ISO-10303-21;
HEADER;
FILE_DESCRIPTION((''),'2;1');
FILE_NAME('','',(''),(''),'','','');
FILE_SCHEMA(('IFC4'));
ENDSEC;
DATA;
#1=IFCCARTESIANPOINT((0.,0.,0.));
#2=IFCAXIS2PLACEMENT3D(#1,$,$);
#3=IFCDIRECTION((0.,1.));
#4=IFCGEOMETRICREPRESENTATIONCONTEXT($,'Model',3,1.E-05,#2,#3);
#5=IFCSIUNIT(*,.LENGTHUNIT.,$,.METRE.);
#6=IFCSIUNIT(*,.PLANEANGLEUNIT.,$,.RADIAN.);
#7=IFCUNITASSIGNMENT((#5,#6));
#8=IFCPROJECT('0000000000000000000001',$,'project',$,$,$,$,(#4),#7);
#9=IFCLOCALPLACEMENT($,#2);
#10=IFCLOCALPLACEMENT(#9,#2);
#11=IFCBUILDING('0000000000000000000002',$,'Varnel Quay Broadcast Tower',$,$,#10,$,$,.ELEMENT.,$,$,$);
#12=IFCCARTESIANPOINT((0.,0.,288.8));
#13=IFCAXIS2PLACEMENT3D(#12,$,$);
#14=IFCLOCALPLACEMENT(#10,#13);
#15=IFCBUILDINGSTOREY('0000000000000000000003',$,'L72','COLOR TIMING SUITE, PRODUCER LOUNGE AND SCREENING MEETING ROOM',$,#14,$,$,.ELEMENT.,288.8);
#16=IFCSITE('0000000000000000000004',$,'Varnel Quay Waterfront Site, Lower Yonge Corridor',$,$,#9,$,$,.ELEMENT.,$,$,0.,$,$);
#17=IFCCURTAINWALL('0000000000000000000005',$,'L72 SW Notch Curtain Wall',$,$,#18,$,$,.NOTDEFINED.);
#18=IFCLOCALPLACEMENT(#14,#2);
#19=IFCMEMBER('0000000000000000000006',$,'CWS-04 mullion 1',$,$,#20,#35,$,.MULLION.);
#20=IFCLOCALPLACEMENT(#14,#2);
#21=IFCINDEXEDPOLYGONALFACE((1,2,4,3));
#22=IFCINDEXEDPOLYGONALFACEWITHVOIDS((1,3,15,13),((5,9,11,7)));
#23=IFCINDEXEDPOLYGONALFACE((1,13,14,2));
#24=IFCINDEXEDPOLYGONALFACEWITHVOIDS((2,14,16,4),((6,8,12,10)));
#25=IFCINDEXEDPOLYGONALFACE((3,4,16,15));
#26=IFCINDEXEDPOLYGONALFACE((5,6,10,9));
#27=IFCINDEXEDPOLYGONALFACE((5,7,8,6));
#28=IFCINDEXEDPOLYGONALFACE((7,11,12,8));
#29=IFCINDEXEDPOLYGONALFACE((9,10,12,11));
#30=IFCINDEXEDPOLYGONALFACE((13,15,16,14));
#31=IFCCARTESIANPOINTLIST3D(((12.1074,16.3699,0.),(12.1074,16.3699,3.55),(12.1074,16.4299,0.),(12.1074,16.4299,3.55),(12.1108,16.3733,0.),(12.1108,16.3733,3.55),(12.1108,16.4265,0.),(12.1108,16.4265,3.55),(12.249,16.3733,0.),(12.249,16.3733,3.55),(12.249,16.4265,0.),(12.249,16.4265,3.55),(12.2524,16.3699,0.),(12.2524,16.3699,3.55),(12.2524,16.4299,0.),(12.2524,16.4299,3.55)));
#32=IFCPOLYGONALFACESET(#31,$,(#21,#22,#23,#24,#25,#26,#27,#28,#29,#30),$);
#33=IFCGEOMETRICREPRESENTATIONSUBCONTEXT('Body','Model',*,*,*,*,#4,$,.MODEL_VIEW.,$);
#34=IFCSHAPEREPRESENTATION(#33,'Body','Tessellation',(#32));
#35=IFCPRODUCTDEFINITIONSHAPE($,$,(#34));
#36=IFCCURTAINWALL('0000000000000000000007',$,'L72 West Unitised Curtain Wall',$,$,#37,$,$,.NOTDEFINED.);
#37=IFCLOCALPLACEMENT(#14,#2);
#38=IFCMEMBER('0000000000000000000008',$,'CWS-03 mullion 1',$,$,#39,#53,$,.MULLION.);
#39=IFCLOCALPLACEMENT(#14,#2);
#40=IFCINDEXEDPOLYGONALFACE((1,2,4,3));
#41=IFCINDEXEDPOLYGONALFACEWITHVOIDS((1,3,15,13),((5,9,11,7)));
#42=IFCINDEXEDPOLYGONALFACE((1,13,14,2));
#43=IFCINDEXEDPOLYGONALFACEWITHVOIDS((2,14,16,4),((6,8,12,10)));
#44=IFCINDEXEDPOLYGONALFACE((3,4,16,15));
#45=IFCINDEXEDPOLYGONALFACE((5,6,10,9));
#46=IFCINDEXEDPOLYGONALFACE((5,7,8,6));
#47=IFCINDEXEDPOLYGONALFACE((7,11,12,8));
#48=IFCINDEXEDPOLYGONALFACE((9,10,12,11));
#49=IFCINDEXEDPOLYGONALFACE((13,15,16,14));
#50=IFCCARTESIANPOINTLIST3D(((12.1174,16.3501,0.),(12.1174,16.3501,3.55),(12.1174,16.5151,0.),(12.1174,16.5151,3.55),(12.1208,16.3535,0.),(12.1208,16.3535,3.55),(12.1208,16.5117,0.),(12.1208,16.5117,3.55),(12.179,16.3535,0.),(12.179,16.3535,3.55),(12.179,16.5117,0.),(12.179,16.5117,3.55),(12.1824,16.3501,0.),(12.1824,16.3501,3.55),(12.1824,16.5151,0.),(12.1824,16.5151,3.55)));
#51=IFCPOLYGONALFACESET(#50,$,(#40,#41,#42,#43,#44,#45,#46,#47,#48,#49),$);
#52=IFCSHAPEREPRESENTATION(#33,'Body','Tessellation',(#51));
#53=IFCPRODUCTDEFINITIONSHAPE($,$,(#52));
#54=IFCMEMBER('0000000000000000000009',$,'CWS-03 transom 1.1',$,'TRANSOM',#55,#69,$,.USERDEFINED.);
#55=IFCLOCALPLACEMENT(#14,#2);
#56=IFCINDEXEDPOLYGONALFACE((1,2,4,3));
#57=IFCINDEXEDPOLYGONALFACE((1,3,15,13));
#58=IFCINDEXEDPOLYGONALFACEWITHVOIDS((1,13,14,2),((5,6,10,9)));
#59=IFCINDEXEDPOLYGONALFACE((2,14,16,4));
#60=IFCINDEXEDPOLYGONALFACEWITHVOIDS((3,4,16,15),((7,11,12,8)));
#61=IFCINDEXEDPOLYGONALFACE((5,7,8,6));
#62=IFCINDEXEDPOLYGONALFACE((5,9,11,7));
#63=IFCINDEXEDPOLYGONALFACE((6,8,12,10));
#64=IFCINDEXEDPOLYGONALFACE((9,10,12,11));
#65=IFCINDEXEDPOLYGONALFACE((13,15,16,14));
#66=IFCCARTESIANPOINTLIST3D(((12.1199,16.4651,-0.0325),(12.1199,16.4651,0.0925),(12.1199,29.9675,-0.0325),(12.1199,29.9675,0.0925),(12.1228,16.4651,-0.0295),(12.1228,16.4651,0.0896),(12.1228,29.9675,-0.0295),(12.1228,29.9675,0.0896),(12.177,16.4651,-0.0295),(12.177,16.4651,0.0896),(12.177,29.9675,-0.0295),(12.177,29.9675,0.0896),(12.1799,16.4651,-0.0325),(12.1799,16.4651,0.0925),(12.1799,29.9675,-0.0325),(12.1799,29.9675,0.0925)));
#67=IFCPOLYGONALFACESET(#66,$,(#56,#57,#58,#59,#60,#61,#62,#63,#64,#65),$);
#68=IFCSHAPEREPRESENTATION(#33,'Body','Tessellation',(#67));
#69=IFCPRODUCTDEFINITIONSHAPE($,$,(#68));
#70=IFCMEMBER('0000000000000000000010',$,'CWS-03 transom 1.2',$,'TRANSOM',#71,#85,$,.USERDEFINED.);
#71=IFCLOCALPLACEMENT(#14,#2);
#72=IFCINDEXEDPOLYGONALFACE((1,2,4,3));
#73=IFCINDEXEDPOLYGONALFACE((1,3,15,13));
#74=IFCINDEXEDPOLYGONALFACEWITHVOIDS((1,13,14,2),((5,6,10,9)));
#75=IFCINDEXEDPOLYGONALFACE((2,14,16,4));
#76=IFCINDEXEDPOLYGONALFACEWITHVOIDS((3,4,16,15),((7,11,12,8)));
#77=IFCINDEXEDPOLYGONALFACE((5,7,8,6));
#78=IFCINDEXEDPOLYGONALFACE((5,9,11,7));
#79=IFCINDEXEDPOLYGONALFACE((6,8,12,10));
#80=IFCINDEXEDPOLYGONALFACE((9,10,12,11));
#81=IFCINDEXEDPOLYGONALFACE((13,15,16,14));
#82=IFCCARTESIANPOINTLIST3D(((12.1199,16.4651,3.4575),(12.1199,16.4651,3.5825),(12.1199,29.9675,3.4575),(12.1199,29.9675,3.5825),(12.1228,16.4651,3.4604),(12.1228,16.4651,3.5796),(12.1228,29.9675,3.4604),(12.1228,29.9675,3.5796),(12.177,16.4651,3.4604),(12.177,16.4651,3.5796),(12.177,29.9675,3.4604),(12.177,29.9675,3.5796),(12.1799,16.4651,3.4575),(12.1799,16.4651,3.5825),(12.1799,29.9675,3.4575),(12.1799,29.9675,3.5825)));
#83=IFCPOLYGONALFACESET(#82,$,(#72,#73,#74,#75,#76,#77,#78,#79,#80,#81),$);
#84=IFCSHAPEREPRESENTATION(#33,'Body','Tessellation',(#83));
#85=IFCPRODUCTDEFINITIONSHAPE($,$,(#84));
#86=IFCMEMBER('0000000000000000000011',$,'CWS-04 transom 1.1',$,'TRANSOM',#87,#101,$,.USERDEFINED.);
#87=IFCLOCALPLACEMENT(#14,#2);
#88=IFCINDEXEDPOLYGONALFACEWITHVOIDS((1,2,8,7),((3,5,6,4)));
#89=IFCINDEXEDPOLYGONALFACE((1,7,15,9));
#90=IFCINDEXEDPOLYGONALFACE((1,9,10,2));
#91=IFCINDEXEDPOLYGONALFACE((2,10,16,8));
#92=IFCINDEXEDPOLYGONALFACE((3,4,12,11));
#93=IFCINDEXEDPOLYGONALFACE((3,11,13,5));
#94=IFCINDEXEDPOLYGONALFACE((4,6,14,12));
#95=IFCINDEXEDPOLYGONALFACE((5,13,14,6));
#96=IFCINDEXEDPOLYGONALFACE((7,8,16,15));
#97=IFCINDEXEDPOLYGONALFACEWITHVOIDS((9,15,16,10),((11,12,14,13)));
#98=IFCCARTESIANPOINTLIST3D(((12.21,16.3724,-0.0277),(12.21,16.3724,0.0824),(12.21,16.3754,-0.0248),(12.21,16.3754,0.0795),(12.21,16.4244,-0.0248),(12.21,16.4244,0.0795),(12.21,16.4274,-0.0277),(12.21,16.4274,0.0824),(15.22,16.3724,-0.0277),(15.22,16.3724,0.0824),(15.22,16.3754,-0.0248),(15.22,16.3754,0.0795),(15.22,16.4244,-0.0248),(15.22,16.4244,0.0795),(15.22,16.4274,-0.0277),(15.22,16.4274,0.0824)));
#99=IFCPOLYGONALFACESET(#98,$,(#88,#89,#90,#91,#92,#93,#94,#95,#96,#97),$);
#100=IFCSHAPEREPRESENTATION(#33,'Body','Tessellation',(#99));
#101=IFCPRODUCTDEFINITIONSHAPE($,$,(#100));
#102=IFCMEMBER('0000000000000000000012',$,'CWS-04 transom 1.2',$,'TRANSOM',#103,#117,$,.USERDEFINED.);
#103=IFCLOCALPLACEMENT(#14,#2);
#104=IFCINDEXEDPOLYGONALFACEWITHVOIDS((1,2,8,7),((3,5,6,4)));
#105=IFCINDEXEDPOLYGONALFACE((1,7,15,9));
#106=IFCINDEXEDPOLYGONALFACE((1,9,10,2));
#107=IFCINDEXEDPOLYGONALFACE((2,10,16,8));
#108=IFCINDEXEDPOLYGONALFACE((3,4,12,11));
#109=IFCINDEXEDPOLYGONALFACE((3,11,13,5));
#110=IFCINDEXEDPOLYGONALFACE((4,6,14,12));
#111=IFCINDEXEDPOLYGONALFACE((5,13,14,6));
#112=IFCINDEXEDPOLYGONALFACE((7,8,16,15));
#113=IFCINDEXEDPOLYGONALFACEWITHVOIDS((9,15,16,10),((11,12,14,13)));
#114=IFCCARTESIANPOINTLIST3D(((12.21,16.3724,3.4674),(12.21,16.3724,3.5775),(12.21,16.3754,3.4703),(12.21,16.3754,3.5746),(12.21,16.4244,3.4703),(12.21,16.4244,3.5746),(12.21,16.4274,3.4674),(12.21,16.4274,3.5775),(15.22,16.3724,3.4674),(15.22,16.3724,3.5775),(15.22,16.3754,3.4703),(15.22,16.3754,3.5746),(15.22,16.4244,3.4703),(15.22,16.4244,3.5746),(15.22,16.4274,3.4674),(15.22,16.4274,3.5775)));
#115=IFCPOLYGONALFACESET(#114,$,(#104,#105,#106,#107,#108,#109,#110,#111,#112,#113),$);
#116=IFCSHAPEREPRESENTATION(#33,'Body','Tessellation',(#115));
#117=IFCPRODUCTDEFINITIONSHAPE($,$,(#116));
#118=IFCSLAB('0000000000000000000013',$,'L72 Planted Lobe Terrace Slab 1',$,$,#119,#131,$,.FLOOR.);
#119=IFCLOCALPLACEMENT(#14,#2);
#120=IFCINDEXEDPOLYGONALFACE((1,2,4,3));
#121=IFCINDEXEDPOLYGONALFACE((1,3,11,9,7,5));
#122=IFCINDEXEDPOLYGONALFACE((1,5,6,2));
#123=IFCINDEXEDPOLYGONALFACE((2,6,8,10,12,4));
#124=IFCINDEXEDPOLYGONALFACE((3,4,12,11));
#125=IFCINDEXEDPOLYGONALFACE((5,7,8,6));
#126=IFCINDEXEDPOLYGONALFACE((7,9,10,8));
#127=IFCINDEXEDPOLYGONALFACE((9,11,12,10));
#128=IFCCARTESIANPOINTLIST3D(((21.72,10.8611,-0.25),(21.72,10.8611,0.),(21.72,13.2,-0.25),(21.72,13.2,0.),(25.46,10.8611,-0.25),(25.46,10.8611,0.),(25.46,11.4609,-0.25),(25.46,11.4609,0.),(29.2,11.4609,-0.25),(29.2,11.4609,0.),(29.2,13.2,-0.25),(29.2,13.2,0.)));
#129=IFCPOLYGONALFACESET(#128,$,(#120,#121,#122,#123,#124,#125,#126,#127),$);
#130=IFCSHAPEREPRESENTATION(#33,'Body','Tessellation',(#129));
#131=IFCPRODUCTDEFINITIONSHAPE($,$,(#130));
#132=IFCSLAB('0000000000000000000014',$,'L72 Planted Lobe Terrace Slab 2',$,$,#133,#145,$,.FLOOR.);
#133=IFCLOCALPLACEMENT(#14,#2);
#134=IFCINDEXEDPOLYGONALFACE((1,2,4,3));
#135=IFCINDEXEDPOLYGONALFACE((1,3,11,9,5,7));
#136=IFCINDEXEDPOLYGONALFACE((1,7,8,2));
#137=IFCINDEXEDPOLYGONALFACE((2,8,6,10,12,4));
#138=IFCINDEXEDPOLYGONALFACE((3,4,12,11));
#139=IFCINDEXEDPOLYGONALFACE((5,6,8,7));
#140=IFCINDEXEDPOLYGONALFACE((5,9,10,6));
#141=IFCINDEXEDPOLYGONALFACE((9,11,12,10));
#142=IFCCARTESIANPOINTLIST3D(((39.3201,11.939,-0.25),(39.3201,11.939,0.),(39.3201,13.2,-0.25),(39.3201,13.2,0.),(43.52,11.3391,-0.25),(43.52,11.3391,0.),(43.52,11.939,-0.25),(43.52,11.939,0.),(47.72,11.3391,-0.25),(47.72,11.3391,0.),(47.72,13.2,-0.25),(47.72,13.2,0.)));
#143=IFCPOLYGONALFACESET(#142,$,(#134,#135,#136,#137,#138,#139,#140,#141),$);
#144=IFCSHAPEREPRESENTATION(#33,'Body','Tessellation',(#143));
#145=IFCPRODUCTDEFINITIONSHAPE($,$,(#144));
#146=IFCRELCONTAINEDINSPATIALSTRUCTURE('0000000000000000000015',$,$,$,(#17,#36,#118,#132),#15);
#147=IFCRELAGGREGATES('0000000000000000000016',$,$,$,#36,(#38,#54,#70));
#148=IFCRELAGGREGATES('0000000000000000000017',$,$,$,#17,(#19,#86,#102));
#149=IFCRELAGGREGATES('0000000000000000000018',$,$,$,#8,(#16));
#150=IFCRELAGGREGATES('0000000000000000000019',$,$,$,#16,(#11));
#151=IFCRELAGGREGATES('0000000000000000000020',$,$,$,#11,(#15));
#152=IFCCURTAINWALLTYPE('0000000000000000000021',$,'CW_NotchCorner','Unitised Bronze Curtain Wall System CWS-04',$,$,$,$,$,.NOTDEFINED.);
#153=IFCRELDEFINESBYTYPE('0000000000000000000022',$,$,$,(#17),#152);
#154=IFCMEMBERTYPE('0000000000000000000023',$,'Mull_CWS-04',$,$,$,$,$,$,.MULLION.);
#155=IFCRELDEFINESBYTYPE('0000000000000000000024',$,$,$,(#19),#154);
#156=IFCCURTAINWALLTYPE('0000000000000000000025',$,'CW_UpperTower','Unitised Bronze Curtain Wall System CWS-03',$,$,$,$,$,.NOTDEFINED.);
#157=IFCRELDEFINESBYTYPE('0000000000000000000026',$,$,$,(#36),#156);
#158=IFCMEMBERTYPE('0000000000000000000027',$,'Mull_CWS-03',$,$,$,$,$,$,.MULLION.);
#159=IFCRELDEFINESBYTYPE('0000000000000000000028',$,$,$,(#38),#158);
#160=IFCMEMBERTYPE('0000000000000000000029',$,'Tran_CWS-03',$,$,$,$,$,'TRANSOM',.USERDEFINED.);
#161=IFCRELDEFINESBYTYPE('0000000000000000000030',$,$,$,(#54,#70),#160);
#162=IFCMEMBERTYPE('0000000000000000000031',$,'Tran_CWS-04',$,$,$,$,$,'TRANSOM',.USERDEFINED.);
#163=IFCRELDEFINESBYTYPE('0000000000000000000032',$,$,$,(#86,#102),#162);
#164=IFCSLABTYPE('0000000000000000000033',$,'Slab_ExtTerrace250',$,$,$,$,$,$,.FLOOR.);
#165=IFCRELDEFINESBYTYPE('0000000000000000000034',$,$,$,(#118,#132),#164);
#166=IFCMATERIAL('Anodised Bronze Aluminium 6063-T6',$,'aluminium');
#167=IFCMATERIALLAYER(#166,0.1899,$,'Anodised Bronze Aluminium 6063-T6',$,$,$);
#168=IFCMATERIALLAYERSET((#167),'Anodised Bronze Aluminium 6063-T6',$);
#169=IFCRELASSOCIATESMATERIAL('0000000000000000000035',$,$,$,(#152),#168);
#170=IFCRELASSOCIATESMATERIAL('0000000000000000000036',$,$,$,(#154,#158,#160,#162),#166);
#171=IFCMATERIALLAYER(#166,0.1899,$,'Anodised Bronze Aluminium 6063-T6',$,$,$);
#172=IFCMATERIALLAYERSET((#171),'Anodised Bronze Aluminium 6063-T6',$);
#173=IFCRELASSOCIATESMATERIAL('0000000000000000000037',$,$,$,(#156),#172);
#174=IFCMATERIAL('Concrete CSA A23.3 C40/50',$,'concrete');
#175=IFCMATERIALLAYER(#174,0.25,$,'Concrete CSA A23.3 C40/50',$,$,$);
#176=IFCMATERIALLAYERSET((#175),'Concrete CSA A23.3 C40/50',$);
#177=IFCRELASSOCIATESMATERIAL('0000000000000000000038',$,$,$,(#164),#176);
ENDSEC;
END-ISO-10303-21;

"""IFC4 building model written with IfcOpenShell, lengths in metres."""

from ifc_helpers import new_model, si_unit, direction, frame, origin, origin_2d, place, context, subcontext, project, spatial, polyline, hollow_rectangle, outline, extrude, source, transform, mapped, material, layer, layer_set, material_profile, profile_set, type_object, type_shapes, element, aggregate, save


model = new_model("IFC4")

# Units and contexts
model_context = context("Model", 3, precision=1e-05, world=origin(), true_north=direction((0.0, 1.0)))
body_context = subcontext(model_context, "Body", "Model", "MODEL_VIEW")
ifc_project = project(units=[si_unit("LENGTHUNIT", "METRE"), si_unit("PLANEANGLEUNIT", "RADIAN")], contexts=[model_context])

# Site, building, storey
site_placement = place(None, origin())
site = spatial("IfcSite", under=ifc_project, at=site_placement, Name="Varnel Quay Waterfront Site, Lower Yonge Corridor", CompositionType="ELEMENT", RefElevation=0.0)
building_placement = place(site_placement, origin())
building = spatial("IfcBuilding", under=site, at=building_placement, Name="Varnel Quay Broadcast Tower", CompositionType="ELEMENT")
storey_placement = place(building_placement, frame((0.0, 0.0, 288.8)))
storey = spatial("IfcBuildingStorey", under=building, at=storey_placement, Name="L72", Description="COLOR TIMING SUITE, PRODUCER LOUNGE AND SCREENING MEETING ROOM", CompositionType="ELEMENT", Elevation=288.8)

# Curtain wall, member
ifc_material_1 = material(Name="Anodised Bronze Aluminium 6063-T6", Category="aluminium")
ifc_layer_1 = layer(ifc_material_1, 0.1899, Name="Anodised Bronze Aluminium 6063-T6")
ifc_layer_set_1 = layer_set([ifc_layer_1], Name="Anodised Bronze Aluminium 6063-T6")
curtain_wall_type_1 = type_object("IfcCurtainWallType", Name="CW_NotchCorner", Description="Unitised Bronze Curtain Wall System CWS-04", PredefinedType="NOTDEFINED", material=ifc_layer_set_1)
curtain_wall_1_placement = place(storey_placement, origin())
curtain_wall_1 = element("IfcCurtainWall", 1, at=curtain_wall_1_placement, inside=storey, type_object=curtain_wall_type_1, Name="L72 SW Notch Curtain Wall", PredefinedType="NOTDEFINED")
ifc_material_profile_1 = material_profile(ifc_material_1, hollow_rectangle(XDim=0.0601, YDim=0.145, WallThickness=0.0034, at=origin_2d()), Name="ALU60X145X3.5")
ifc_profile_set_1 = profile_set([ifc_material_profile_1], Name="Anodised Bronze Aluminium 6063-T6")
member_type_1 = type_object("IfcMemberType", Name="Mull_CWS-04", PredefinedType="MULLION", material=ifc_profile_set_1)
shared_shape_1 = source(origin(), body_context, "Body", "SweptSolid", [
    extrude(hollow_rectangle(XDim=0.0601, YDim=0.145, WallThickness=0.0034, at=origin_2d()), origin(), (0.0, 0.0, 1.0), 3.55),
])
type_shapes(member_type_1, [shared_shape_1])
member_1_placement = place(storey_placement, frame((12.1799, 16.3999, 0.0), z_axis=(0.0, 0.0, 1.0), x_axis=(0.0, 1.0, 0.0)))
member_1 = element("IfcMember", 2, at=member_1_placement, type_object=member_type_1, Name="CWS-04 mullion 1", PredefinedType="MULLION", context=body_context, shape_type="MappedRepresentation", body=[
    mapped(shared_shape_1, transform((0.0, 0.0, 0.0), x_axis=(1.0, 0.0, 0.0), y_axis=(0.0, 1.0, 0.0), z_axis=(0.0, 0.0, 1.0), scale=1.0)),
])

# Curtain wall, members
ifc_layer_2 = layer(ifc_material_1, 0.1899, Name="Anodised Bronze Aluminium 6063-T6")
ifc_layer_set_2 = layer_set([ifc_layer_2], Name="Anodised Bronze Aluminium 6063-T6")
curtain_wall_type_2 = type_object("IfcCurtainWallType", Name="CW_UpperTower", Description="Unitised Bronze Curtain Wall System CWS-03", PredefinedType="NOTDEFINED", material=ifc_layer_set_2)
curtain_wall_2_placement = place(storey_placement, origin())
curtain_wall_2 = element("IfcCurtainWall", 3, at=curtain_wall_2_placement, inside=storey, type_object=curtain_wall_type_2, Name="L72 West Unitised Curtain Wall", PredefinedType="NOTDEFINED")
ifc_material_profile_2 = material_profile(ifc_material_1, hollow_rectangle(XDim=0.0649, YDim=0.165, WallThickness=0.0034, at=origin_2d()), Name="ALU65X165X3.5")
ifc_profile_set_2 = profile_set([ifc_material_profile_2], Name="Anodised Bronze Aluminium 6063-T6")
member_type_2 = type_object("IfcMemberType", Name="Mull_CWS-03", PredefinedType="MULLION", material=ifc_profile_set_2)
shared_shape_2 = source(origin(), body_context, "Body", "SweptSolid", [
    extrude(hollow_rectangle(XDim=0.0649, YDim=0.165, WallThickness=0.0034, at=origin_2d()), origin(), (0.0, 0.0, 1.0), 3.55),
])
type_shapes(member_type_2, [shared_shape_2])
member_2_placement = place(storey_placement, frame((12.1499, 16.4326, 0.0), z_axis=(0.0, 0.0, 1.0), x_axis=(-1.0, 0.0, 0.0)))
member_2 = element("IfcMember", 4, at=member_2_placement, type_object=member_type_2, Name="CWS-03 mullion 1", PredefinedType="MULLION", context=body_context, shape_type="MappedRepresentation", body=[
    mapped(shared_shape_2, transform((0.0, 0.0, 0.0), x_axis=(1.0, 0.0, 0.0), y_axis=(0.0, 1.0, 0.0), z_axis=(0.0, 0.0, 1.0), scale=1.0)),
])
ifc_material_profile_3 = material_profile(ifc_material_1, hollow_rectangle(XDim=0.0601, YDim=0.125, WallThickness=0.0029, at=origin_2d()), Name="ALU60X125X3")
ifc_profile_set_3 = profile_set([ifc_material_profile_3], Name="Anodised Bronze Aluminium 6063-T6")
member_type_3 = type_object("IfcMemberType", Name="Tran_CWS-03", ElementType="TRANSOM", PredefinedType="USERDEFINED", material=ifc_profile_set_3)
shared_shape_3 = source(origin(), body_context, "Body", "SweptSolid", [
    extrude(hollow_rectangle(XDim=0.0601, YDim=0.125, WallThickness=0.0029, at=origin_2d()), origin(), (0.0, 0.0, 1.0), 13.5024),
])
type_shapes(member_type_3, [shared_shape_3])
member_3_placement = place(storey_placement, frame((12.1499, 16.4651, 0.03), z_axis=(0.0, 1.0, 0.0), x_axis=(-1.0, 0.0, 0.0)))
member_3 = element("IfcMember", 5, at=member_3_placement, type_object=member_type_3, Name="CWS-03 transom 1.1", ObjectType="TRANSOM", PredefinedType="USERDEFINED", context=body_context, shape_type="MappedRepresentation", body=[
    mapped(shared_shape_3, transform((0.0, 0.0, 0.0), x_axis=(1.0, 0.0, 0.0), y_axis=(0.0, 1.0, 0.0), z_axis=(0.0, 0.0, 1.0), scale=1.0)),
])
member_4_placement = place(storey_placement, frame((12.1499, 16.4651, 3.52), z_axis=(0.0, 1.0, 0.0), x_axis=(-1.0, 0.0, 0.0)))
member_4 = element("IfcMember", 6, at=member_4_placement, type_object=member_type_3, Name="CWS-03 transom 1.2", ObjectType="TRANSOM", PredefinedType="USERDEFINED", context=body_context, shape_type="MappedRepresentation", body=[
    mapped(shared_shape_3, transform((0.0, 0.0, 0.0), x_axis=(1.0, 0.0, 0.0), y_axis=(0.0, 1.0, 0.0), z_axis=(0.0, 0.0, 1.0), scale=1.0)),
])
aggregate(curtain_wall_2, [member_2, member_3, member_4])

# Members
ifc_material_profile_4 = material_profile(ifc_material_1, hollow_rectangle(XDim=0.0549, YDim=0.1101, WallThickness=0.0029, at=origin_2d()), Name="ALU55X110X3")
ifc_profile_set_4 = profile_set([ifc_material_profile_4], Name="Anodised Bronze Aluminium 6063-T6")
member_type_4 = type_object("IfcMemberType", Name="Tran_CWS-04", ElementType="TRANSOM", PredefinedType="USERDEFINED", material=ifc_profile_set_4)
shared_shape_4 = source(origin(), body_context, "Body", "SweptSolid", [
    extrude(hollow_rectangle(XDim=0.0549, YDim=0.1101, WallThickness=0.0029, at=origin_2d()), origin(), (0.0, 0.0, 1.0), 3.01),
])
type_shapes(member_type_4, [shared_shape_4])
member_5_placement = place(storey_placement, frame((12.21, 16.3999, 0.0273), z_axis=(1.0, 0.0, 0.0), x_axis=(0.0, 1.0, 0.0)))
member_5 = element("IfcMember", 7, at=member_5_placement, type_object=member_type_4, Name="CWS-04 transom 1.1", ObjectType="TRANSOM", PredefinedType="USERDEFINED", context=body_context, shape_type="MappedRepresentation", body=[
    mapped(shared_shape_4, transform((0.0, 0.0, 0.0), x_axis=(1.0, 0.0, 0.0), y_axis=(0.0, 1.0, 0.0), z_axis=(0.0, 0.0, 1.0), scale=1.0)),
])
member_6_placement = place(storey_placement, frame((12.21, 16.3999, 3.5225), z_axis=(1.0, 0.0, 0.0), x_axis=(0.0, 1.0, 0.0)))
member_6 = element("IfcMember", 8, at=member_6_placement, type_object=member_type_4, Name="CWS-04 transom 1.2", ObjectType="TRANSOM", PredefinedType="USERDEFINED", context=body_context, shape_type="MappedRepresentation", body=[
    mapped(shared_shape_4, transform((0.0, 0.0, 0.0), x_axis=(1.0, 0.0, 0.0), y_axis=(0.0, 1.0, 0.0), z_axis=(0.0, 0.0, 1.0), scale=1.0)),
])

# Slabs
ifc_material_2 = material(Name="Concrete CSA A23.3 C40/50", Category="concrete")
ifc_layer_3 = layer(ifc_material_2, 0.25, Name="Concrete CSA A23.3 C40/50")
ifc_layer_set_3 = layer_set([ifc_layer_3], Name="Concrete CSA A23.3 C40/50")
slab_type_1 = type_object("IfcSlabType", Name="Slab_ExtTerrace250", PredefinedType="FLOOR", material=ifc_layer_set_3)
slab_1_placement = place(storey_placement, frame((0.0, 0.0, -0.25)))
element("IfcSlab", 9, at=slab_1_placement, inside=storey, type_object=slab_type_1, Name="L72 Planted Lobe Terrace Slab 1", PredefinedType="FLOOR", context=body_context, shape_type="SweptSolid", body=[
    extrude(outline(polyline([(21.72, 10.8611), (25.46, 10.8611), (25.46, 11.4609), (29.2, 11.4609), (29.2, 13.2), (21.72, 13.2), (21.72, 10.8611)])), origin(), (0.0, 0.0, 1.0), 0.25),
])
slab_2_placement = place(storey_placement, frame((0.0, 0.0, -0.25)))
element("IfcSlab", 10, at=slab_2_placement, inside=storey, type_object=slab_type_1, Name="L72 Planted Lobe Terrace Slab 2", PredefinedType="FLOOR", context=body_context, shape_type="SweptSolid", body=[
    extrude(outline(polyline([(39.3201, 11.939), (43.52, 11.939), (43.52, 11.3391), (47.72, 11.3391), (47.72, 13.2), (39.3201, 13.2), (39.3201, 11.939)])), origin(), (0.0, 0.0, 1.0), 0.25),
])

aggregate(curtain_wall_1, [member_1, member_5, member_6])

save(model, "model.ifc")
